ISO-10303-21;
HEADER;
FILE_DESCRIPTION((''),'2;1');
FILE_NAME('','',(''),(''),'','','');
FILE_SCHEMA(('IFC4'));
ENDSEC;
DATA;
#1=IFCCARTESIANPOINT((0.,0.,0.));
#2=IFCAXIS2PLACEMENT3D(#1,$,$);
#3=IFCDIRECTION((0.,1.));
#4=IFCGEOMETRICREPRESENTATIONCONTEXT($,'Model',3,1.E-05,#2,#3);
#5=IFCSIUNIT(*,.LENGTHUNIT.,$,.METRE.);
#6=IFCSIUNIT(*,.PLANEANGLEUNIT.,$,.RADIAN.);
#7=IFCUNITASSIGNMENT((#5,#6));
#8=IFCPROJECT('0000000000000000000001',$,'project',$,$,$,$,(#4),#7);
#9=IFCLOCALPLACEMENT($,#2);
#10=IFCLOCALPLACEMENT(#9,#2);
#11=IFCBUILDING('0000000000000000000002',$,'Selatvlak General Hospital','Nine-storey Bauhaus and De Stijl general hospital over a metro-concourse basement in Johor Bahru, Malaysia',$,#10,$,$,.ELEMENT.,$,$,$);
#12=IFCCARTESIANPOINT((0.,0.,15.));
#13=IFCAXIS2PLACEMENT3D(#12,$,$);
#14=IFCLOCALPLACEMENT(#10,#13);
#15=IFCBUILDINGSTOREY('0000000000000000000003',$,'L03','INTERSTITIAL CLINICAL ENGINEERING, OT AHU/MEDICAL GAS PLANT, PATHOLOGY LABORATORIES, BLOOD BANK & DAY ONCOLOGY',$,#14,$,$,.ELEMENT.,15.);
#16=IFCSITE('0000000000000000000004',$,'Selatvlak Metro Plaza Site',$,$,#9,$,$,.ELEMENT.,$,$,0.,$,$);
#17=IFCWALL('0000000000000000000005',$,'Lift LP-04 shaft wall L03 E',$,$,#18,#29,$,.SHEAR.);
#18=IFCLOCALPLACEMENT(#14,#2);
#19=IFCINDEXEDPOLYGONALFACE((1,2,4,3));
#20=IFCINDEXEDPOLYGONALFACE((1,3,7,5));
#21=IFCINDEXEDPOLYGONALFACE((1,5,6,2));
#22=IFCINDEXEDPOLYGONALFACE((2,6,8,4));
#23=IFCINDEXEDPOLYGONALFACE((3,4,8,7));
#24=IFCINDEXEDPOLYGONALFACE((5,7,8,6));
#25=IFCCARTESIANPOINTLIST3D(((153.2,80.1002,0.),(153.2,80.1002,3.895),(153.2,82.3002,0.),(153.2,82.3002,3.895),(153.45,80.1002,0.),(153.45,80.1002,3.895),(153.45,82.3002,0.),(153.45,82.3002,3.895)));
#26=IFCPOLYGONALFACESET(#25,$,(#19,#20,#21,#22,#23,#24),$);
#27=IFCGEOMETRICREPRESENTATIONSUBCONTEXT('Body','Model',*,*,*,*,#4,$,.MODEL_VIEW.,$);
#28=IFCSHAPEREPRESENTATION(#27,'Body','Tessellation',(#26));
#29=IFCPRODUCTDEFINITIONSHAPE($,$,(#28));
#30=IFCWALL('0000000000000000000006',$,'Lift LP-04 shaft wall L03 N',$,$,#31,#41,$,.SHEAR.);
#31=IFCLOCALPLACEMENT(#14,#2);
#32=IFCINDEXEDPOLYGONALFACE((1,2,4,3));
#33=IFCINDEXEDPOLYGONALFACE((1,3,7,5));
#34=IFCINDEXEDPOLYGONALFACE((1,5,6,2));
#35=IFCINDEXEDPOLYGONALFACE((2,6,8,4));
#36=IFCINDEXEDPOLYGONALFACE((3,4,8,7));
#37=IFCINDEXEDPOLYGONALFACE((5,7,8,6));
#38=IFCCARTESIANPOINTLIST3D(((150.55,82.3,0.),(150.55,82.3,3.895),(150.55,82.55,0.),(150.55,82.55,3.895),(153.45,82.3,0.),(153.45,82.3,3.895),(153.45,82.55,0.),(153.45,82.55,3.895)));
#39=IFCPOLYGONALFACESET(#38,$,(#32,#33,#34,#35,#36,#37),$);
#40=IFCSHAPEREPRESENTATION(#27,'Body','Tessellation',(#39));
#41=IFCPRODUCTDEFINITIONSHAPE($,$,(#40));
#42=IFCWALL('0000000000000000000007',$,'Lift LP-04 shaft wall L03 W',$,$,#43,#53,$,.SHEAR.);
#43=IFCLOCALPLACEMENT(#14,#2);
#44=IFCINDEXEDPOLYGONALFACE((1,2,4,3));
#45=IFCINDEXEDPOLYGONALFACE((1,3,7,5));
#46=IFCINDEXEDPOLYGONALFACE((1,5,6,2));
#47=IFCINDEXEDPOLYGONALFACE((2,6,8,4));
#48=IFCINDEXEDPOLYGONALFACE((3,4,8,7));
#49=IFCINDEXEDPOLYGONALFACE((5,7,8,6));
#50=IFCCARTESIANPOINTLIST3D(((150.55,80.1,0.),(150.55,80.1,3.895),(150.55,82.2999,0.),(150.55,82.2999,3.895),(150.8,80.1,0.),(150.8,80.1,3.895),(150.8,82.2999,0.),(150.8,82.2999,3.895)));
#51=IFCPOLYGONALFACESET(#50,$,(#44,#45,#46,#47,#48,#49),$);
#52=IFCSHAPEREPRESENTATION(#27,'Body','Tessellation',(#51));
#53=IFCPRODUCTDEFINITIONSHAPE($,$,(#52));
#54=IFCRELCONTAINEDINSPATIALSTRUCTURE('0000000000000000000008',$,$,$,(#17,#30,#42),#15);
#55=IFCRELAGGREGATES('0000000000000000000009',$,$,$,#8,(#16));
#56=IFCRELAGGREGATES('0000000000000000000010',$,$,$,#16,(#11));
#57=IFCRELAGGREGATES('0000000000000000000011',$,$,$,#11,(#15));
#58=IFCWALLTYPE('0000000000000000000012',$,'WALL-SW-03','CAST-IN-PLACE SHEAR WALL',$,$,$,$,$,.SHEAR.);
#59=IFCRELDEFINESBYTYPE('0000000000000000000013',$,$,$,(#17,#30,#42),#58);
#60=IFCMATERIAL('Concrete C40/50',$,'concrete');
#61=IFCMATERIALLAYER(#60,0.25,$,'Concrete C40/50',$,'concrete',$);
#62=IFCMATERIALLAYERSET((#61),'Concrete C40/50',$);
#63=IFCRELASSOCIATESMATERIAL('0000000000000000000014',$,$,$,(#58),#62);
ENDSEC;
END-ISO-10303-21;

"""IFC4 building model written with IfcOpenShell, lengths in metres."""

from ifc_helpers import new_model, si_unit, direction, frame, frame_2d, origin, place, context, subcontext, project, spatial, rectangle, extrude, material, layer, layer_set, type_object, element, save


model = new_model("IFC4")

# Units and contexts
model_context = context("Model", 3, precision=1e-05, world=origin(), true_north=direction((0.0, 1.0)))
body_context = subcontext(model_context, "Body", "Model", "MODEL_VIEW")
ifc_project = project(units=[si_unit("LENGTHUNIT", "METRE"), si_unit("PLANEANGLEUNIT", "RADIAN")], contexts=[model_context])

# Site, building, storey
site_placement = place(None, origin())
site = spatial("IfcSite", under=ifc_project, at=site_placement, Name="Selatvlak Metro Plaza Site", CompositionType="ELEMENT", RefElevation=0.0)
building_placement = place(site_placement, origin())
building = spatial("IfcBuilding", under=site, at=building_placement, Name="Selatvlak General Hospital", Description="Nine-storey Bauhaus and De Stijl general hospital over a metro-concourse basement in Johor Bahru, Malaysia", CompositionType="ELEMENT")
storey_placement = place(building_placement, frame((0.0, 0.0, 15.0)))
storey = spatial("IfcBuildingStorey", under=building, at=storey_placement, Name="L03", Description="INTERSTITIAL CLINICAL ENGINEERING, OT AHU/MEDICAL GAS PLANT, PATHOLOGY LABORATORIES, BLOOD BANK & DAY ONCOLOGY", CompositionType="ELEMENT", Elevation=15.0)

# Shared definitions
ifc_material_1 = material(Name="Concrete C40/50", Category="concrete")

# Shared definitions
ifc_layer_1 = layer(ifc_material_1, 0.25, Name="Concrete C40/50", Category="concrete")
ifc_layer_set_1 = layer_set([ifc_layer_1], Name="Concrete C40/50")
wall_type_1 = type_object("IfcWallType", Name="WALL-SW-03", Description="CAST-IN-PLACE SHEAR WALL", PredefinedType="SHEAR", material=ifc_layer_set_1)

# Walls
wall_1_placement = place(storey_placement, frame((153.325, 80.1001, 0.0), z_axis=(0.0, 0.0, 1.0), x_axis=(0.0, 1.0, 0.0)))
element("IfcWall", 1, at=wall_1_placement, inside=storey, type_object=wall_type_1, Name="Lift LP-04 shaft wall L03 E", PredefinedType="SHEAR", context=body_context, shape_type="SweptSolid", body=[
    extrude(rectangle(XDim=2.2, YDim=0.25, at=frame_2d((1.1001, 0.0))), origin(), (0.0, 0.0, 1.0), 3.895),
])
wall_2_placement = place(storey_placement, frame((153.45, 82.425, 0.0), z_axis=(0.0, 0.0, 1.0), x_axis=(-1.0, 0.0, 0.0)))
element("IfcWall", 2, at=wall_2_placement, inside=storey, type_object=wall_type_1, Name="Lift LP-04 shaft wall L03 N", PredefinedType="SHEAR", context=body_context, shape_type="SweptSolid", body=[
    extrude(rectangle(XDim=2.8999, YDim=0.25, at=frame_2d((1.45, 0.0))), origin(), (0.0, 0.0, 1.0), 3.895),
])
wall_3_placement = place(storey_placement, frame((150.675, 82.3, 0.0), z_axis=(0.0, 0.0, 1.0), x_axis=(0.0, -1.0, 0.0)))
element("IfcWall", 3, at=wall_3_placement, inside=storey, type_object=wall_type_1, Name="Lift LP-04 shaft wall L03 W", PredefinedType="SHEAR", context=body_context, shape_type="SweptSolid", body=[
    extrude(rectangle(XDim=2.2, YDim=0.25, at=frame_2d((1.1001, 0.0))), origin(), (0.0, 0.0, 1.0), 3.895),
])

save(model, "model.ifc")
